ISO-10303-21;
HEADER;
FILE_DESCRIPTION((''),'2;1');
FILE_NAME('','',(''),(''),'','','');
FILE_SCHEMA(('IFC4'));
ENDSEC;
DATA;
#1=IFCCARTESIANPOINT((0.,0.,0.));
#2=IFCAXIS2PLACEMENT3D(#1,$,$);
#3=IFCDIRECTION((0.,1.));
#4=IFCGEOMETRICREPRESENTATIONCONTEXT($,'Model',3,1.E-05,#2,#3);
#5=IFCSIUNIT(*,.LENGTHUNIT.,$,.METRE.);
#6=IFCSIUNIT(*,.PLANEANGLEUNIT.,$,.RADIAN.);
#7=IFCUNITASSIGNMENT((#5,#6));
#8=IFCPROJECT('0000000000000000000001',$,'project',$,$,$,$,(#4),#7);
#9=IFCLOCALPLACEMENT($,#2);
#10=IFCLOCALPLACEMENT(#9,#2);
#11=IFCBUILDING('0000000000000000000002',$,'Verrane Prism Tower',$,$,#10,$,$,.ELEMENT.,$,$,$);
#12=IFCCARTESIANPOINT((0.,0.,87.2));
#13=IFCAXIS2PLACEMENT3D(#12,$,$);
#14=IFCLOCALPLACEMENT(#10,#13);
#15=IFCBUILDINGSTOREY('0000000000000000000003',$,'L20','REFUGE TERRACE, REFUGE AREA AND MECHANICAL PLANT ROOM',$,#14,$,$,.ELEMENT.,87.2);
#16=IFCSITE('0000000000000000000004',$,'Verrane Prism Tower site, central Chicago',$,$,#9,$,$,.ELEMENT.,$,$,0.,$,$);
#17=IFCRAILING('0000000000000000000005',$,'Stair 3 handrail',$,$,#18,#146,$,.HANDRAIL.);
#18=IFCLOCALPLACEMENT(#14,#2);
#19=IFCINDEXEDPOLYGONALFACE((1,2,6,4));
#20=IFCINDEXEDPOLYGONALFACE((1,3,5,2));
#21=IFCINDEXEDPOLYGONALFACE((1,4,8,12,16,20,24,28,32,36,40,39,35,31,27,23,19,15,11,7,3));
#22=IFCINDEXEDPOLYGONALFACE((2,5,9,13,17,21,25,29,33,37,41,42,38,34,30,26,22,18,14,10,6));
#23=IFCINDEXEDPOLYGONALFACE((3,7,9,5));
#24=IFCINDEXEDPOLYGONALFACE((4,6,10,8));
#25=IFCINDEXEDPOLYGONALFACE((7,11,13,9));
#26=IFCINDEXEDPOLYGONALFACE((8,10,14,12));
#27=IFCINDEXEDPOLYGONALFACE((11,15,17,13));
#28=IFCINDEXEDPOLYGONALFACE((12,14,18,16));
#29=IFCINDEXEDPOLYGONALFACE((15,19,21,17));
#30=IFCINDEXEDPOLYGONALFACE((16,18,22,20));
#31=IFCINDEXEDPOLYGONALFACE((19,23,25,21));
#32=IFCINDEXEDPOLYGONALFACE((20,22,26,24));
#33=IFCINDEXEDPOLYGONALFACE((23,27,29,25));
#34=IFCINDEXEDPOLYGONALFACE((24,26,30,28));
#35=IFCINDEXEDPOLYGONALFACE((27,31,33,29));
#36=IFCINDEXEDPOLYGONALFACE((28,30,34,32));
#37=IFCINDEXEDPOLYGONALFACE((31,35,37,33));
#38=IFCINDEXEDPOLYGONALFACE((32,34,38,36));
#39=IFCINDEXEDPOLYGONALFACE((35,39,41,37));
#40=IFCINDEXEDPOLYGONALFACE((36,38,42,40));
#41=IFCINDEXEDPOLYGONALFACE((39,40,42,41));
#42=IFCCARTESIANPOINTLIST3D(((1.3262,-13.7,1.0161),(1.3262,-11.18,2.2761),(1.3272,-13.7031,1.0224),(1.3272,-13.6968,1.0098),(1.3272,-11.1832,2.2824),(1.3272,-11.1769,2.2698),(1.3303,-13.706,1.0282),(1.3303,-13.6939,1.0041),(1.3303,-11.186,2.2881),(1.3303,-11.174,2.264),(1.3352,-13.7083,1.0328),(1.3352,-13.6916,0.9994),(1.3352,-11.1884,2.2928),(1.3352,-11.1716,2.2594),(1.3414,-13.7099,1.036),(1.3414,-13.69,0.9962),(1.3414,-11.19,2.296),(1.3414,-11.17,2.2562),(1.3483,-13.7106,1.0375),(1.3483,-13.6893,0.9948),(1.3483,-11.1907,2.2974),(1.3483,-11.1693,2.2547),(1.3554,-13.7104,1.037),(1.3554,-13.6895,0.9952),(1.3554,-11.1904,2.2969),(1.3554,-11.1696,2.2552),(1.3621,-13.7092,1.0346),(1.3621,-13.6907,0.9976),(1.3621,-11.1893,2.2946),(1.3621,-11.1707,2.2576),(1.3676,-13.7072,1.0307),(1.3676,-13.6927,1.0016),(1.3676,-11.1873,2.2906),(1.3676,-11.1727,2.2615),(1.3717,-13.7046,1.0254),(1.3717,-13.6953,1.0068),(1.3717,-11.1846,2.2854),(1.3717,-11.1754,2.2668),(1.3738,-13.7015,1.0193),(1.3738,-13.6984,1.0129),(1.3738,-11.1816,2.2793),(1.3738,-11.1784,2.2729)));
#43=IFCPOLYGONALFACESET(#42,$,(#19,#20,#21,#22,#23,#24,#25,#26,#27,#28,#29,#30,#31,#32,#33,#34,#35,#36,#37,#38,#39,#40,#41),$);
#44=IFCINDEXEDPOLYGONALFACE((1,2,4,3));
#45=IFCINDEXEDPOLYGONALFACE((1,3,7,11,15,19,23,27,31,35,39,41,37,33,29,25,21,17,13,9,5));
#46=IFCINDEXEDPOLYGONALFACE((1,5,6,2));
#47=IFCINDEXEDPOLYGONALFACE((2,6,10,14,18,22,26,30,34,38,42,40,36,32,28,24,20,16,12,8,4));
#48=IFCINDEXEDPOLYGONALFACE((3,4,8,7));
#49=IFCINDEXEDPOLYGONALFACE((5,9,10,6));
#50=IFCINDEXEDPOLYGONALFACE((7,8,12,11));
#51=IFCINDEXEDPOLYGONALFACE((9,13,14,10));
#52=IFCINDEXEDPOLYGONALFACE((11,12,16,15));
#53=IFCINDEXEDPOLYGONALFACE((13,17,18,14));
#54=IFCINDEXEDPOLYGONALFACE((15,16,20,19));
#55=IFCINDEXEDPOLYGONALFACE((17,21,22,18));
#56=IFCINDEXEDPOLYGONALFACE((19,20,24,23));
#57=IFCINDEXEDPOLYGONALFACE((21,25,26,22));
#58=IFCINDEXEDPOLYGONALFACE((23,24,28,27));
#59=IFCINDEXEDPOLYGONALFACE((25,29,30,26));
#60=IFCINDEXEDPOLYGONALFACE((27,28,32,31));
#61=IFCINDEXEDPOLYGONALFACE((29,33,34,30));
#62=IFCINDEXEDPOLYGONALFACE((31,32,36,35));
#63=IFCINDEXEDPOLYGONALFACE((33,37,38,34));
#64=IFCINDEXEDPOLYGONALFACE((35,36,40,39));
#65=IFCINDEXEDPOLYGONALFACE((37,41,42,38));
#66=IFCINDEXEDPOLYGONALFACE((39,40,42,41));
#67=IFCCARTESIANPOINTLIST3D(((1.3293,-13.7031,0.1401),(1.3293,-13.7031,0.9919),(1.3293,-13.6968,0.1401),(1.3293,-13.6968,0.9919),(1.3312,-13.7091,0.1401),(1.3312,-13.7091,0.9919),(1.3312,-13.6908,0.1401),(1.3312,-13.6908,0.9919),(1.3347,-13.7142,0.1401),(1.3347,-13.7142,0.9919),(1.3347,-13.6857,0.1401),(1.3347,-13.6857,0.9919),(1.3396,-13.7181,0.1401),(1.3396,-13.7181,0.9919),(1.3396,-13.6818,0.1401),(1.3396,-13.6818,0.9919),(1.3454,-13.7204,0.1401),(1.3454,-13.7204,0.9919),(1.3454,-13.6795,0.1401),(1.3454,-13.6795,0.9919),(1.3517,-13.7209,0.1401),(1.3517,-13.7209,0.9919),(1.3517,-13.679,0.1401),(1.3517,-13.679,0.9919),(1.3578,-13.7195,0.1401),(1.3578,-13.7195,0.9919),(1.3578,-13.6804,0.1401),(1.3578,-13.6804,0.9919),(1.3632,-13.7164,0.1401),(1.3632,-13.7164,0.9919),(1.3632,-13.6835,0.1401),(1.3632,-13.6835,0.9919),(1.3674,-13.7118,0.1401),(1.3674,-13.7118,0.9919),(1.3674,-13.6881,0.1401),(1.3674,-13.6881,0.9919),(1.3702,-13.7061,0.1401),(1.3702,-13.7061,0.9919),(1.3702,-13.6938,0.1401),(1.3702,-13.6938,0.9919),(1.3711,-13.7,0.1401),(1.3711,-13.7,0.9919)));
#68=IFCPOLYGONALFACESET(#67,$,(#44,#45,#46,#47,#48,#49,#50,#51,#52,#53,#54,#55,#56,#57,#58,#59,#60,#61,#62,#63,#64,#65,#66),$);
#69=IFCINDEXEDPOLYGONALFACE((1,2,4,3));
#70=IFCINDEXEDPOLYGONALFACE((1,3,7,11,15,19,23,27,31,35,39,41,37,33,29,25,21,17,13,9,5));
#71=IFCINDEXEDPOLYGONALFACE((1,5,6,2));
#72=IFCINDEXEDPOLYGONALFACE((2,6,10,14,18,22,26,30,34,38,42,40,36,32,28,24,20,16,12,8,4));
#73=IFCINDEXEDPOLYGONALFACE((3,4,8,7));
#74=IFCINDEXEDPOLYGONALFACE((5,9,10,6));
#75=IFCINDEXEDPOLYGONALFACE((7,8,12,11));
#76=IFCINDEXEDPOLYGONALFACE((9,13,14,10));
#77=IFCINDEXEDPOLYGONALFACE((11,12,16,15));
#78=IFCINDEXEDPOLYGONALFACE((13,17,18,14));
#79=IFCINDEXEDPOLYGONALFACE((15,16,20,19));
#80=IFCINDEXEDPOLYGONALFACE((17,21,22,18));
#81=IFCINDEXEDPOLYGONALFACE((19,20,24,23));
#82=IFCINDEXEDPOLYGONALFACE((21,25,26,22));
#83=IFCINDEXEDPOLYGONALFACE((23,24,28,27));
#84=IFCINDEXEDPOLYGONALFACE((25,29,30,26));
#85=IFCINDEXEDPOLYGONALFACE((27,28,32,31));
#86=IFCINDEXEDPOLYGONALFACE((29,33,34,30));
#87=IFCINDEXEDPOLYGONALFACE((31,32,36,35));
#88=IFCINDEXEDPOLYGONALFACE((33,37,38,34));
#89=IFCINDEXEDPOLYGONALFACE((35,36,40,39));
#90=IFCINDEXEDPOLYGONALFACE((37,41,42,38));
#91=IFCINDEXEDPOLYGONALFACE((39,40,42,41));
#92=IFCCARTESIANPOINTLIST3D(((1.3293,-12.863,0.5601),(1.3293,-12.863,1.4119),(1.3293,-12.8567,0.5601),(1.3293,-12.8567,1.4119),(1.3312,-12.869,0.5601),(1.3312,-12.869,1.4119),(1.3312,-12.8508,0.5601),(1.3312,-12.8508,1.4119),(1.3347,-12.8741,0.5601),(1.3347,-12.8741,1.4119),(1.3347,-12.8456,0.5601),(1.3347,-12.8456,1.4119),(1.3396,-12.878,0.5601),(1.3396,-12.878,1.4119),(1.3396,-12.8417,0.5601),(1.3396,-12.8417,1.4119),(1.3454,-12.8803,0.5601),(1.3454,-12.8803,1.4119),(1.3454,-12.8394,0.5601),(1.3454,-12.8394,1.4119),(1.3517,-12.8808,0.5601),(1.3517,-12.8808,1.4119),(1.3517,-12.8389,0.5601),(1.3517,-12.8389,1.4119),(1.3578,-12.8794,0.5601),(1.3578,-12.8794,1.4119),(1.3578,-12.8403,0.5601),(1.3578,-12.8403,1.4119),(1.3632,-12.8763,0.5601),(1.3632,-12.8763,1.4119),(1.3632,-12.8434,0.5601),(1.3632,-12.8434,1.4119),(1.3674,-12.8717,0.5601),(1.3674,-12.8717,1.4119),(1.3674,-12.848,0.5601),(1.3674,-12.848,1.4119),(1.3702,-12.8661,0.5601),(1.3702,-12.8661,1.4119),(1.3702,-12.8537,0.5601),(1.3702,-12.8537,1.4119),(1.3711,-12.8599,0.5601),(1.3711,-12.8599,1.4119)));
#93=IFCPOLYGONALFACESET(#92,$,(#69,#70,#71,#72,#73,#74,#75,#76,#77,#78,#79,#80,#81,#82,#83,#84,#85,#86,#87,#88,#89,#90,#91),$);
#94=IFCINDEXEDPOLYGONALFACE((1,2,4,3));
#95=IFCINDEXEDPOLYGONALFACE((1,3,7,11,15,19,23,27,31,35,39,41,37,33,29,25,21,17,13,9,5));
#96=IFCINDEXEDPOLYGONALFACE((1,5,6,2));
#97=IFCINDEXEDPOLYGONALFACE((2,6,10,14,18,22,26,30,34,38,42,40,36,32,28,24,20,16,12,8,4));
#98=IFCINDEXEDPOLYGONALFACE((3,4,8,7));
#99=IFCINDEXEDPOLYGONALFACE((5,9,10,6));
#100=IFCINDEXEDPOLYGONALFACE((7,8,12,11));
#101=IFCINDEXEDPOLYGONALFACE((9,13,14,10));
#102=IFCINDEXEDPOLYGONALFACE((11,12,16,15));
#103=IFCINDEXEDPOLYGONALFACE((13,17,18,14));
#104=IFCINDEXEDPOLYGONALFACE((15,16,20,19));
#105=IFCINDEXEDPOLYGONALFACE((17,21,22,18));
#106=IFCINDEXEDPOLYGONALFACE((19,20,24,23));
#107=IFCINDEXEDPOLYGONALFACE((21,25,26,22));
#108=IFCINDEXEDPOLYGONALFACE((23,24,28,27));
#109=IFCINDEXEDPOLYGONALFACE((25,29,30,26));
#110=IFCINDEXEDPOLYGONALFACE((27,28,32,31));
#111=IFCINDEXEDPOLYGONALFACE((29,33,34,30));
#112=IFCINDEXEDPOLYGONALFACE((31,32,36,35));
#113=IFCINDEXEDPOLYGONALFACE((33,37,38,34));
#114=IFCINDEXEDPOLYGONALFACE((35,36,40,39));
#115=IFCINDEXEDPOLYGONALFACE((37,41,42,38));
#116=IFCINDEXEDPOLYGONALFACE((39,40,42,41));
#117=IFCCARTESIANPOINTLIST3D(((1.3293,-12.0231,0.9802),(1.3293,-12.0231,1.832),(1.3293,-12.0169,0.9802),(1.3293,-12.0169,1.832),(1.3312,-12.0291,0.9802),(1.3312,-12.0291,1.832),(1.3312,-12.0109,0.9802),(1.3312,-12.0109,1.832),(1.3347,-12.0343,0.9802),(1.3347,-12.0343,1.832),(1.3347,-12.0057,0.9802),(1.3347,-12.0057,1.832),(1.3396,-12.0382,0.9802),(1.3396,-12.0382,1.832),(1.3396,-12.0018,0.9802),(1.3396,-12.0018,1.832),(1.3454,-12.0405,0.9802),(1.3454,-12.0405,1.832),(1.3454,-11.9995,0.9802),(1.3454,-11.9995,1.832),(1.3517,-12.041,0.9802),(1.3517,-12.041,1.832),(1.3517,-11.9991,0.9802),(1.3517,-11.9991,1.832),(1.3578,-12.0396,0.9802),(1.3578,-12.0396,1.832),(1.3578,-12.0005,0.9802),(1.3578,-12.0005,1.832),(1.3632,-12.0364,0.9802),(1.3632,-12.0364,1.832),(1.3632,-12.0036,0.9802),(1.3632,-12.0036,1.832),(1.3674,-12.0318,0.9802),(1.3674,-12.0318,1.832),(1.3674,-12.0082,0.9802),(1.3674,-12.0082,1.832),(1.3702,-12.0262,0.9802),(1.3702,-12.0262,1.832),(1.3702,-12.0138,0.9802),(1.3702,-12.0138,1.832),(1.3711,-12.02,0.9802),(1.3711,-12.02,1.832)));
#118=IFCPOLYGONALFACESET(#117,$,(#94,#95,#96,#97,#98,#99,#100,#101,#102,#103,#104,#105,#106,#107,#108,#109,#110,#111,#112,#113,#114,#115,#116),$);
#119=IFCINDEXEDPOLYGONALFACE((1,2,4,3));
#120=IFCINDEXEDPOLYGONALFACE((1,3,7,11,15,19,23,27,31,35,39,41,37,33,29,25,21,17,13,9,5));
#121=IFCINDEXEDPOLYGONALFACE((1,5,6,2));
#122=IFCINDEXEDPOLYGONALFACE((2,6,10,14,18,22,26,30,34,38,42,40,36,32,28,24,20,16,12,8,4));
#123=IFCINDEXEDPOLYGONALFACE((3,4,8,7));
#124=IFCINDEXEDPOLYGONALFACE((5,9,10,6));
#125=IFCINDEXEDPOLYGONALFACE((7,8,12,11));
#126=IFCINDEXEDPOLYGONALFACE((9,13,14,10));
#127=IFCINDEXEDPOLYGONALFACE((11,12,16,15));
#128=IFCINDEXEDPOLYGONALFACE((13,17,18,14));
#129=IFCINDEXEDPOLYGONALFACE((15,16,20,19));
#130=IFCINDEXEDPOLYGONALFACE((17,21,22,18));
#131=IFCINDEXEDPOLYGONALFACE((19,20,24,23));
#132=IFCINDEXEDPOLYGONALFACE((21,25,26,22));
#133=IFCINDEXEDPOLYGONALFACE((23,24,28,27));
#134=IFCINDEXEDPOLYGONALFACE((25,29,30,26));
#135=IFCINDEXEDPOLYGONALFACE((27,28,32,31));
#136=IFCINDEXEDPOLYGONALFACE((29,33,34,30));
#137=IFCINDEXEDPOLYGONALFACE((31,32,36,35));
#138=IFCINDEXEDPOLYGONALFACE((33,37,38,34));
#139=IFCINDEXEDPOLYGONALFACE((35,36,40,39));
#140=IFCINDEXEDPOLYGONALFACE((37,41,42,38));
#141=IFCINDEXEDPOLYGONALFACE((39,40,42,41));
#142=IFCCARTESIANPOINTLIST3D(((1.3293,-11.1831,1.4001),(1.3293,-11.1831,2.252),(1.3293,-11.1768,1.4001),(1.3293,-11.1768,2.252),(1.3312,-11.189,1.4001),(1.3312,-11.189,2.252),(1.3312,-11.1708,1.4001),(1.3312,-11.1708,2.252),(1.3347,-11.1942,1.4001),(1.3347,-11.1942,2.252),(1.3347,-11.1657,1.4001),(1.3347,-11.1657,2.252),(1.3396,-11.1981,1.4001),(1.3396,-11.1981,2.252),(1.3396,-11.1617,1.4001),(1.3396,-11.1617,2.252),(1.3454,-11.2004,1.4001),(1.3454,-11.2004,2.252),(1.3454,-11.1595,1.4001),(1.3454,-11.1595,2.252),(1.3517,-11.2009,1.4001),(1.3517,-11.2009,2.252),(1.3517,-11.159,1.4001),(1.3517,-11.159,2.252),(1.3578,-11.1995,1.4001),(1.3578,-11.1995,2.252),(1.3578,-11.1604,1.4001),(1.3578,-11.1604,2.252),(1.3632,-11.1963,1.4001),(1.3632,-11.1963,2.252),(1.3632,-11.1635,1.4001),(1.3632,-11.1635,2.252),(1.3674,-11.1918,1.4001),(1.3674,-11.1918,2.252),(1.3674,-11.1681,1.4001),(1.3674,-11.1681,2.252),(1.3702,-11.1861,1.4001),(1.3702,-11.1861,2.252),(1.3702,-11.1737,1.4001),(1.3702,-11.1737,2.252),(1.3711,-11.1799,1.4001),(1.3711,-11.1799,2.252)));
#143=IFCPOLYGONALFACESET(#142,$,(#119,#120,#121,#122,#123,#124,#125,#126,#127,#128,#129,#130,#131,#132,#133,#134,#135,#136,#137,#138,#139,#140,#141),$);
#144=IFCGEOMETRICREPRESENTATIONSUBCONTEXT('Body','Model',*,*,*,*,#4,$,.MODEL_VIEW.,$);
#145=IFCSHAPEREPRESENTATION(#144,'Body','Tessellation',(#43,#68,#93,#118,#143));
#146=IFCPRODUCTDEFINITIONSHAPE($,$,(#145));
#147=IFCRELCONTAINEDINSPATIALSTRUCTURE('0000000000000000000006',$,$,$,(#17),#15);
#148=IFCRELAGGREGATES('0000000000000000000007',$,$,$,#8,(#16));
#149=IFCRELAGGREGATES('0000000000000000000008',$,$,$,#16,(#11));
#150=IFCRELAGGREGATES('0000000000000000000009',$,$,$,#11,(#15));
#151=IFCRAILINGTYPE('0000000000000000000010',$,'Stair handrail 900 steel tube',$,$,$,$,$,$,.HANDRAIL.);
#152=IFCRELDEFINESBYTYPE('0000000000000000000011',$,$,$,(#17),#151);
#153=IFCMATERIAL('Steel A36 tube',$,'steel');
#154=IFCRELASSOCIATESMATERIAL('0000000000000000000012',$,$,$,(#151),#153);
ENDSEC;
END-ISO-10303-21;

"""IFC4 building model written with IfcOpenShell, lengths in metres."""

from ifc_helpers import new_model, si_unit, direction, frame, origin, origin_2d, place, context, subcontext, project, spatial, circle, extrude, material, type_object, element, save


model = new_model("IFC4")

# Units and contexts
model_context = context("Model", 3, precision=1e-05, world=origin(), true_north=direction((0.0, 1.0)))
body_context = subcontext(model_context, "Body", "Model", "MODEL_VIEW")
ifc_project = project(units=[si_unit("LENGTHUNIT", "METRE"), si_unit("PLANEANGLEUNIT", "RADIAN")], contexts=[model_context])

# Site, building, storey
site_placement = place(None, origin())
site = spatial("IfcSite", under=ifc_project, at=site_placement, Name="Verrane Prism Tower site, central Chicago", CompositionType="ELEMENT", RefElevation=0.0)
building_placement = place(site_placement, origin())
building = spatial("IfcBuilding", under=site, at=building_placement, Name="Verrane Prism Tower", CompositionType="ELEMENT")
storey_placement = place(building_placement, frame((0.0, 0.0, 87.2)))
storey = spatial("IfcBuildingStorey", under=building, at=storey_placement, Name="L20", Description="REFUGE TERRACE, REFUGE AREA AND MECHANICAL PLANT ROOM", CompositionType="ELEMENT", Elevation=87.2)

# Railing
ifc_material_1 = material(Name="Steel A36 tube", Category="steel")
railing_type_1 = type_object("IfcRailingType", Name="Stair handrail 900 steel tube", PredefinedType="HANDRAIL", material=ifc_material_1)
for number, where, name in (
    (1, (1.3501, -13.7, 0.1401), "Stair 3 handrail"),
):
    element("IfcRailing", number, at=place(storey_placement, frame(where)), inside=storey, type_object=railing_type_1, Name=name, PredefinedType="HANDRAIL", context=body_context, shape_type="SweptSolid", body=[
        extrude(circle(Radius=0.0239, at=origin_2d()), frame((0.0, 0.0, 0.876), z_axis=(0.0, 0.894427, 0.447214), x_axis=(-1.0, 0.0, 0.0)), (0.0, 0.0, 1.0), 2.8174),
        extrude(circle(Radius=0.021, at=origin_2d()), origin(), (0.0, 0.0, 1.0), 0.8518),
        extrude(circle(Radius=0.021, at=origin_2d()), frame((0.0, 0.8401, 0.4199)), (0.0, 0.0, 1.0), 0.8518),
        extrude(circle(Radius=0.021, at=origin_2d()), frame((0.0, 1.6799, 0.8401)), (0.0, 0.0, 1.0), 0.8518),
        extrude(circle(Radius=0.021, at=origin_2d()), frame((0.0, 2.52, 1.26)), (0.0, 0.0, 1.0), 0.8518),
    ])

save(model, "model.ifc")
